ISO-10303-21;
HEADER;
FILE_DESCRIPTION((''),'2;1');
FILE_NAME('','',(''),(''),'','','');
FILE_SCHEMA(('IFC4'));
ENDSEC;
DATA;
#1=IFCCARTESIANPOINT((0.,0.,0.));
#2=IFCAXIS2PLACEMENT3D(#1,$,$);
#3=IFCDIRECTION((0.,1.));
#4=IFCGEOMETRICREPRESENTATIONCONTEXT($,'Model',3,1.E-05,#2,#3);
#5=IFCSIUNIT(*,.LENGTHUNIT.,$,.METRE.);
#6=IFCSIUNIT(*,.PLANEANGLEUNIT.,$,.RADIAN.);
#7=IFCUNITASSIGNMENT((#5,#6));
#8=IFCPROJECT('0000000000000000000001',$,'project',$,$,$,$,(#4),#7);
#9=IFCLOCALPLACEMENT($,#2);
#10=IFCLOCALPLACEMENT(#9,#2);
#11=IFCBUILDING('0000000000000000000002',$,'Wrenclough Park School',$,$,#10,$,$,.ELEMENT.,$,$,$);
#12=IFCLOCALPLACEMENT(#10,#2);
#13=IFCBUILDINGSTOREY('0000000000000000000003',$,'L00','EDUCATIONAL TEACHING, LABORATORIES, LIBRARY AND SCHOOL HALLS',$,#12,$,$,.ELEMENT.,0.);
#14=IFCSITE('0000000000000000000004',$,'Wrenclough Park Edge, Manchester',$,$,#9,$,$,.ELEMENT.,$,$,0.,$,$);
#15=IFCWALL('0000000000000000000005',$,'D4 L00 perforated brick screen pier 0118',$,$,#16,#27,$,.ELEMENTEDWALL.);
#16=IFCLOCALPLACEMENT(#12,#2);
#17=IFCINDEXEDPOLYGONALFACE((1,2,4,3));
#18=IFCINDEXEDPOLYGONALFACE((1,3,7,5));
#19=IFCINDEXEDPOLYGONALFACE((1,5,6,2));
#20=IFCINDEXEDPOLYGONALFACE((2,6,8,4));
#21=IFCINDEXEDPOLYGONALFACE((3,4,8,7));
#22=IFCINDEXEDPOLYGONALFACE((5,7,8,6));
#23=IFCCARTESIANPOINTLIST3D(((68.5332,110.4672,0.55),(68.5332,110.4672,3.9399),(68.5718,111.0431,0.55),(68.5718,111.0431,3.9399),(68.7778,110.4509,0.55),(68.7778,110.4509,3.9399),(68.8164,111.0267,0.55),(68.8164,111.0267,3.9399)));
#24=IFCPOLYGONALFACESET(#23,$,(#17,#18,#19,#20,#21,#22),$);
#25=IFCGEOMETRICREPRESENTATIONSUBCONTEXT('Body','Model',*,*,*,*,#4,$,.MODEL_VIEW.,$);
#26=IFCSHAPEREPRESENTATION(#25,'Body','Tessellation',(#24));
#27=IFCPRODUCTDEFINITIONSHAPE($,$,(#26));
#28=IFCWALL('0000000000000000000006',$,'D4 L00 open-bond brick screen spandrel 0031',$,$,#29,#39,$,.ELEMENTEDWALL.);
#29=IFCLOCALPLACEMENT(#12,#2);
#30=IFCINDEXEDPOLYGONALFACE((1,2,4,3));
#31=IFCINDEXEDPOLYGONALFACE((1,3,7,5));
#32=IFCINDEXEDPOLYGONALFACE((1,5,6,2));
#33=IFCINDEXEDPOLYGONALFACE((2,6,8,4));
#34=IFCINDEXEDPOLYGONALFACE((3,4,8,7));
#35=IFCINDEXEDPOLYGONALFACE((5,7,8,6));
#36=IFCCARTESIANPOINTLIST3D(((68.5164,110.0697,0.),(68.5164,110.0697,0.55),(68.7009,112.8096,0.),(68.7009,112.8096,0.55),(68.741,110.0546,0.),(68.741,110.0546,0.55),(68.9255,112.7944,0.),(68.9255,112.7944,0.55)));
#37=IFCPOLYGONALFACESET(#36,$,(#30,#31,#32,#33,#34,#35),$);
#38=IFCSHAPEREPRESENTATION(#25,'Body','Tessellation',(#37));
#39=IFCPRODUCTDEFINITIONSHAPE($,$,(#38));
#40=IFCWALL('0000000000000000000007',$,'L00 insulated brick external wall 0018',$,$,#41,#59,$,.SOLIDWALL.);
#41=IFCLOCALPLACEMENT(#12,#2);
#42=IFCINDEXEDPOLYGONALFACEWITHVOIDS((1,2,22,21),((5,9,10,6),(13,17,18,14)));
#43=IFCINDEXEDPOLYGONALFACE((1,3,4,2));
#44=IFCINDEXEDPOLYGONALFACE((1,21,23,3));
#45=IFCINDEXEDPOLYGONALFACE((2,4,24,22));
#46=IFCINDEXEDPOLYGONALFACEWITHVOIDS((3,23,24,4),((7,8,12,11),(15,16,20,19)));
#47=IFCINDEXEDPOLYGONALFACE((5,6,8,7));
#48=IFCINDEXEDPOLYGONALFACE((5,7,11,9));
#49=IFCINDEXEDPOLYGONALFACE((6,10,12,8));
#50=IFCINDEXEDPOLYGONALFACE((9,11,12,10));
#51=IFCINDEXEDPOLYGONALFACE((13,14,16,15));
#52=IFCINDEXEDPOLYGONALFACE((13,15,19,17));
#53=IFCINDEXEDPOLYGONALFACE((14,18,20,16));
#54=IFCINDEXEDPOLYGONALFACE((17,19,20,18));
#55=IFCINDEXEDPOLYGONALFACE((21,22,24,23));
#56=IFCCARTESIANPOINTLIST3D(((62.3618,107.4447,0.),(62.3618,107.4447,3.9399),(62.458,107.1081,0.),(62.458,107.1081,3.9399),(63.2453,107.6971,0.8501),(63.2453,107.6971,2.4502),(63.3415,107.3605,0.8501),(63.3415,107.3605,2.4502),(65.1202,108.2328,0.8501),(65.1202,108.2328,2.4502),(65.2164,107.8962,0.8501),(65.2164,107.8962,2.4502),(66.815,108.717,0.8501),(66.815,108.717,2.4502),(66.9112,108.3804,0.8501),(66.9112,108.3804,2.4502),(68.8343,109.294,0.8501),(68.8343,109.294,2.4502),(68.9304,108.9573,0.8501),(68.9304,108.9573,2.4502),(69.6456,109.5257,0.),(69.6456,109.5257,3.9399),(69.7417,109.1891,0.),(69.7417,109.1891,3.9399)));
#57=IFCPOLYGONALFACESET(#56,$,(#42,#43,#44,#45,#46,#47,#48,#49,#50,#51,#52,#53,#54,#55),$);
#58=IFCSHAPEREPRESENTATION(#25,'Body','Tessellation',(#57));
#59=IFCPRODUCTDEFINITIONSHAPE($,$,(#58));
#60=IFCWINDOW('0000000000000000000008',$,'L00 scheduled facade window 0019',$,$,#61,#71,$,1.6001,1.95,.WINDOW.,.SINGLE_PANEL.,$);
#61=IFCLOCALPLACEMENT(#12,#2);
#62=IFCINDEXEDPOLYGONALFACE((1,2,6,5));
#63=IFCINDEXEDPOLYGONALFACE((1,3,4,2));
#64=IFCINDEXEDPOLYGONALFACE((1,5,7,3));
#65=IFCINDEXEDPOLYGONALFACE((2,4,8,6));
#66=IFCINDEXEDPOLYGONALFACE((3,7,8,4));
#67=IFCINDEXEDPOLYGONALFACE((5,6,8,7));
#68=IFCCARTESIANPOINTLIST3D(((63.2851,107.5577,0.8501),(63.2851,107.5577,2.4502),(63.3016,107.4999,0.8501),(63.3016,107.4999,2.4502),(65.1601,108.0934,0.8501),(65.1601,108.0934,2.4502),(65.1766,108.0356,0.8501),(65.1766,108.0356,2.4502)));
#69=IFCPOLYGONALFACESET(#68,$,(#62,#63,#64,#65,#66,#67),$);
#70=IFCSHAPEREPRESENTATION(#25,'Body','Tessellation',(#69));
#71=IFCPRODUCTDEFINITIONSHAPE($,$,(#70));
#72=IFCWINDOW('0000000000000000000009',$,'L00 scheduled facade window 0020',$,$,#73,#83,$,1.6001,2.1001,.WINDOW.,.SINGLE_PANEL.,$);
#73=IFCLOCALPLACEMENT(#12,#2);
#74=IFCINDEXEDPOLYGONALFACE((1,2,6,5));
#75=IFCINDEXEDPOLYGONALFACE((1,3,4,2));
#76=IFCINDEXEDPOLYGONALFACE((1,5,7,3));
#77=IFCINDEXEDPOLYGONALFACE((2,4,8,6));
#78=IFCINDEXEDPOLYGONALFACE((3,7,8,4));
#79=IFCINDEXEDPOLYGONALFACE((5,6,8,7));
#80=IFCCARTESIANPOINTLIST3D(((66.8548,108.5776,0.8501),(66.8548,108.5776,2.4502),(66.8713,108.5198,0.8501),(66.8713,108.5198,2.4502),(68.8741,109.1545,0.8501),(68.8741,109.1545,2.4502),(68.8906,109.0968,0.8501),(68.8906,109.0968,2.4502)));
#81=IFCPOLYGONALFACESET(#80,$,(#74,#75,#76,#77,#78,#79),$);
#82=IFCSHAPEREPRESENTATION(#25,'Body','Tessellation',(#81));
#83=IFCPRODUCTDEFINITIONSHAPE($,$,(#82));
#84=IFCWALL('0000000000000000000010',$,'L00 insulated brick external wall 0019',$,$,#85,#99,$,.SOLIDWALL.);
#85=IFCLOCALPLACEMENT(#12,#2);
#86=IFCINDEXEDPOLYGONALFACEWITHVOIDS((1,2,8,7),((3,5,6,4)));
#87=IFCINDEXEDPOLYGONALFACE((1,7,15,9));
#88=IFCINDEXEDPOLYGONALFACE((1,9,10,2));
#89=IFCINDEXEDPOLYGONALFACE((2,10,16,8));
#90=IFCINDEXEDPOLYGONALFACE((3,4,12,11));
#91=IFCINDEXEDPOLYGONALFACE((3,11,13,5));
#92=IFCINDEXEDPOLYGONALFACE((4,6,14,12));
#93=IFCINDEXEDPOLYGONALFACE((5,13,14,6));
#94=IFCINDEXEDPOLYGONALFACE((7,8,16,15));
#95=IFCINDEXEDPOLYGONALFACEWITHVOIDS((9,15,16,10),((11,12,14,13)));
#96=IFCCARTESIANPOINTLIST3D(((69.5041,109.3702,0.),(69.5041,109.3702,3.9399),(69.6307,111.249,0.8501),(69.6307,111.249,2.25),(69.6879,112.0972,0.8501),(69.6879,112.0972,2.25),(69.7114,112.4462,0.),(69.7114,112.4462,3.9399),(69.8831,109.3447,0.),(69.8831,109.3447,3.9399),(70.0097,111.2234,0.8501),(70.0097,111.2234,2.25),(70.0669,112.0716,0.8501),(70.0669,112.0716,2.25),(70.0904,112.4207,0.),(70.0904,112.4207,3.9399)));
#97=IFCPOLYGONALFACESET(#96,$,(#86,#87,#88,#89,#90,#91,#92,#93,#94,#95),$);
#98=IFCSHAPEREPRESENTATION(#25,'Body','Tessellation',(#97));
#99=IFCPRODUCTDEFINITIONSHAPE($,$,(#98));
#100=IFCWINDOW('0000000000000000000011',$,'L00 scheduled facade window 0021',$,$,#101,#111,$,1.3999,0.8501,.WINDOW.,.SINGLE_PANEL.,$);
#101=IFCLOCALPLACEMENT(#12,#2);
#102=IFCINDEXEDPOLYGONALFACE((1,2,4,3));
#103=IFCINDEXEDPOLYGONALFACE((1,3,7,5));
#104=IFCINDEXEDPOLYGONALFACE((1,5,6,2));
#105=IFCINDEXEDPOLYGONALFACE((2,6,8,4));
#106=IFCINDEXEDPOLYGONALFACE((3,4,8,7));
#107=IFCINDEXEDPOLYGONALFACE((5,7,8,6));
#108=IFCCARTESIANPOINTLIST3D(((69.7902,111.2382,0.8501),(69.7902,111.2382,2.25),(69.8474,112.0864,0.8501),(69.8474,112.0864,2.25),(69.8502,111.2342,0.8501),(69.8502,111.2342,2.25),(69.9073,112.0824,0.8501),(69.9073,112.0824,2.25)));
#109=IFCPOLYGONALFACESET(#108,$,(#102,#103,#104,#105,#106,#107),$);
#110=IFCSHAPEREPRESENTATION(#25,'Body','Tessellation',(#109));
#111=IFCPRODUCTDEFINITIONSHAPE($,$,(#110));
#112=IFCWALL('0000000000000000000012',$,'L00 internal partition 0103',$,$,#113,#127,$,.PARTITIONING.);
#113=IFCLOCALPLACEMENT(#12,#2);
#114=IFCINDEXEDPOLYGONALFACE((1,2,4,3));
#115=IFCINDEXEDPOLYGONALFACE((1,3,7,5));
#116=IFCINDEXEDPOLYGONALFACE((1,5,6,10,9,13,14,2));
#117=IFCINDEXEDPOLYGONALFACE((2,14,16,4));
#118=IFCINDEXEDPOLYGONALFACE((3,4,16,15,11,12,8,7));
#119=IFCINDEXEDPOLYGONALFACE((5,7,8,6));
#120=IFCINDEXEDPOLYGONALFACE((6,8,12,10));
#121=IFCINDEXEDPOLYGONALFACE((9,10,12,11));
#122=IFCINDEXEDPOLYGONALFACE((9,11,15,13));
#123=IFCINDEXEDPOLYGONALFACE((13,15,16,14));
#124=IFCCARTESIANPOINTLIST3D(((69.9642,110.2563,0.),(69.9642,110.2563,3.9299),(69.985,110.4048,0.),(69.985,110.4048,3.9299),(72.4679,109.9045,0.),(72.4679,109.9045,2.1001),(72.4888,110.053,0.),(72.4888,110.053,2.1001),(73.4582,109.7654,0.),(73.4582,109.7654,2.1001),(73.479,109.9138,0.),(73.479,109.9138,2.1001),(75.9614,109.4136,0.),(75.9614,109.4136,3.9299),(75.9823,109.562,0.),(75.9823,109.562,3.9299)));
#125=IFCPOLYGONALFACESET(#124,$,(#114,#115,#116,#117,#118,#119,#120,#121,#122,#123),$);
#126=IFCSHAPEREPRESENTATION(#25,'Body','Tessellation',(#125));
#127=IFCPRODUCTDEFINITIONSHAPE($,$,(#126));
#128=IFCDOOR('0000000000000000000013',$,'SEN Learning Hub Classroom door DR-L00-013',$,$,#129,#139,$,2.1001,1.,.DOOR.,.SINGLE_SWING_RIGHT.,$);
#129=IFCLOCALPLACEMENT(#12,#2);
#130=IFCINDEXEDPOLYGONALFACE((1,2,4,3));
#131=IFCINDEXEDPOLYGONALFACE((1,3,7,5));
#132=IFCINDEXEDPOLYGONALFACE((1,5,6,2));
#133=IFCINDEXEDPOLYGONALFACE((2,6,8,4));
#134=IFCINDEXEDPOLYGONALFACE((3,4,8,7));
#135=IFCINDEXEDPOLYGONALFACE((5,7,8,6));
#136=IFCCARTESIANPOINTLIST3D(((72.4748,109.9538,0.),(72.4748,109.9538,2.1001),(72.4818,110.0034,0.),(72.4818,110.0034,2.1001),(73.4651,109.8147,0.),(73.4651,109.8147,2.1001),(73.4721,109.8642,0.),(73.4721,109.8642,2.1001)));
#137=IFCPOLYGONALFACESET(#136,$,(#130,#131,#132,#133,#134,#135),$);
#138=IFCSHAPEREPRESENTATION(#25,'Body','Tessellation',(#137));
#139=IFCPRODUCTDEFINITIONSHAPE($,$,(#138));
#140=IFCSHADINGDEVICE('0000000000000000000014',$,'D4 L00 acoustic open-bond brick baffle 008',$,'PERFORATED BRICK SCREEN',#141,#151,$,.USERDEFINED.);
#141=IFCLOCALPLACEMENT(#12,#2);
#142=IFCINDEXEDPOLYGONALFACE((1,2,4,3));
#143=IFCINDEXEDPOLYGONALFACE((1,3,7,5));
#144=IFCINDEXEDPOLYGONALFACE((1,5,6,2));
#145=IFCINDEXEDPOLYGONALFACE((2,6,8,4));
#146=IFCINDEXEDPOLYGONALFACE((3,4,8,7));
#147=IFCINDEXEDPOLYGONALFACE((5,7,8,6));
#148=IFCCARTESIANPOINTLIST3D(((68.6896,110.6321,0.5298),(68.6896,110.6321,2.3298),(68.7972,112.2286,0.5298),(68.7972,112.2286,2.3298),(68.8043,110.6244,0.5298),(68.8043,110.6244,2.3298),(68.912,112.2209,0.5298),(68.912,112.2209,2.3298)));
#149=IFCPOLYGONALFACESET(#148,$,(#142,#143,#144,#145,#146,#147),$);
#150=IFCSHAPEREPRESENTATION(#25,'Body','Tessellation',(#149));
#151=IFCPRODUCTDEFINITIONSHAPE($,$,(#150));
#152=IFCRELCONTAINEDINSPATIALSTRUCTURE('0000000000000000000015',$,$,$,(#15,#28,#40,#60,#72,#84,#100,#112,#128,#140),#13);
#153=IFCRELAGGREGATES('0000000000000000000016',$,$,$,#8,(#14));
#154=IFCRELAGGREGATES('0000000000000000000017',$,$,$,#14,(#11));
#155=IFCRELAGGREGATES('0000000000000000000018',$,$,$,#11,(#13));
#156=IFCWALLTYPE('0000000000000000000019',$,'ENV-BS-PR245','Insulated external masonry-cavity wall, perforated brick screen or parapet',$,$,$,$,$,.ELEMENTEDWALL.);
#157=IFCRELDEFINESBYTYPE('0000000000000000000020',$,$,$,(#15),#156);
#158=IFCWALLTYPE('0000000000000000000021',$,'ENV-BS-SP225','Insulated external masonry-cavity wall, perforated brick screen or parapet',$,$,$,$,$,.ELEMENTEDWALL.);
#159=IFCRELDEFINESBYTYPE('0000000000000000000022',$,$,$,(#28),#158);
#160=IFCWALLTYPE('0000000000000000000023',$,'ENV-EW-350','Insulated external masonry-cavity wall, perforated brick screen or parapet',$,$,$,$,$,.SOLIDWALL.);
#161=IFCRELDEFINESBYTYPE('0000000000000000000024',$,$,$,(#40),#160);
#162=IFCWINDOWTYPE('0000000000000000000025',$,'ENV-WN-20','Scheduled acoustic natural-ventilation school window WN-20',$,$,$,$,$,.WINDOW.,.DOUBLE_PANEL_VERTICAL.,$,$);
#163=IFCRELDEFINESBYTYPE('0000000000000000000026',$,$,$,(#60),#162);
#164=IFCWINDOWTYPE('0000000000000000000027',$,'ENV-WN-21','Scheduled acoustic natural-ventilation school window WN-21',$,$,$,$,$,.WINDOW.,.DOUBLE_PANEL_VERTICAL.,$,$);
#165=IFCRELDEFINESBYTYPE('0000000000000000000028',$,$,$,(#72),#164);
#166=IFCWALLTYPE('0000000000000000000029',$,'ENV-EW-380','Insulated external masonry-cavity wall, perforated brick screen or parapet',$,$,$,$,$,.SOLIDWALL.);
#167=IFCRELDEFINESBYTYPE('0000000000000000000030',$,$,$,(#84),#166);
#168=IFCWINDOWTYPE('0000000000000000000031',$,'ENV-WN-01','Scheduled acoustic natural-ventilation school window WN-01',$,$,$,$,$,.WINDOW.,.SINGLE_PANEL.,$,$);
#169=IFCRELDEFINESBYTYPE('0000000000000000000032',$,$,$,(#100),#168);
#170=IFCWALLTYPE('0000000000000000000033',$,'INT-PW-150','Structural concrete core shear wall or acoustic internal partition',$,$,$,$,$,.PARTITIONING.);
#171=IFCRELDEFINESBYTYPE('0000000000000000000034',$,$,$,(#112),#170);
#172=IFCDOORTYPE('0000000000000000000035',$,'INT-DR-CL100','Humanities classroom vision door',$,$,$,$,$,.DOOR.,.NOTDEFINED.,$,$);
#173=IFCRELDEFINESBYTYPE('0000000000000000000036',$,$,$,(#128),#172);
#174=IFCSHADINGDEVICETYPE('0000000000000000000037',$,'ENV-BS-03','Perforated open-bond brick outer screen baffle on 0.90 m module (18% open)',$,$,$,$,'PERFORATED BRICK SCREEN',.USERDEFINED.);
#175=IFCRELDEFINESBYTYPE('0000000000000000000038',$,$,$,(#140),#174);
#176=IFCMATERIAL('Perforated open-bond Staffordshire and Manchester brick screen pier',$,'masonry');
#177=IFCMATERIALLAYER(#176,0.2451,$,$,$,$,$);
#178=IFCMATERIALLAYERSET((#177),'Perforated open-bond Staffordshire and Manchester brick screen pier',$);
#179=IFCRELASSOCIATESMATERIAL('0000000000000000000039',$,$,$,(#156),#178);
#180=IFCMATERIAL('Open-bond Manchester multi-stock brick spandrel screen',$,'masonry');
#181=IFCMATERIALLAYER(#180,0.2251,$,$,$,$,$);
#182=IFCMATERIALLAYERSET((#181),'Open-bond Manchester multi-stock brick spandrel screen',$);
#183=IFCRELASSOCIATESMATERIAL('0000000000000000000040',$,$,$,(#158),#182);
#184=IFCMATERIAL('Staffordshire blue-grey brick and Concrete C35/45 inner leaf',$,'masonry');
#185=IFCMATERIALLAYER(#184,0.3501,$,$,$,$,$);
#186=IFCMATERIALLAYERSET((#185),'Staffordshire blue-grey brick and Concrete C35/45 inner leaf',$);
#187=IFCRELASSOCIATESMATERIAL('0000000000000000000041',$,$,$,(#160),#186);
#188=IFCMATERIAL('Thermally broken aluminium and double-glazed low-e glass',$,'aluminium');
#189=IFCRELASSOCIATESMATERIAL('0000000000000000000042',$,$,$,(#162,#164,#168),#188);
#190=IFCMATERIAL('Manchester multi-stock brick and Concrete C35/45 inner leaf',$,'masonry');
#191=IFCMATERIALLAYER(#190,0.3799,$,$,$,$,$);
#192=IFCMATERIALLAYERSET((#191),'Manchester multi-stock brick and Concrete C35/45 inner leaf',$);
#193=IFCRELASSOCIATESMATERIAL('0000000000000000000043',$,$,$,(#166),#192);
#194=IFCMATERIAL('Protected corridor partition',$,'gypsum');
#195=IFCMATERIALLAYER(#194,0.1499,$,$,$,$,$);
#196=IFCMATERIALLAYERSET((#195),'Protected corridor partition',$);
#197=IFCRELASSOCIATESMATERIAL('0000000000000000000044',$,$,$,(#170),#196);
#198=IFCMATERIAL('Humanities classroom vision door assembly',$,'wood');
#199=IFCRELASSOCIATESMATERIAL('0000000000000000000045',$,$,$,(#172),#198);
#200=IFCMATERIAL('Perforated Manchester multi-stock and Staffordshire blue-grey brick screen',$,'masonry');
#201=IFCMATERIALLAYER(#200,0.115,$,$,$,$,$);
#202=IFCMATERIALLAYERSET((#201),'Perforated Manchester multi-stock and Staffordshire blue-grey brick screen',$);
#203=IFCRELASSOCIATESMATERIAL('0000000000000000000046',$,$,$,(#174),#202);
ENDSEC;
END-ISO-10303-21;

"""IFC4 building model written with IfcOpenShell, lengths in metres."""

from ifc_helpers import new_model, si_unit, direction, frame, frame_2d, origin, origin_2d, place, context, subcontext, project, spatial, rectangle, extrude, material, layer, layer_set, type_object, element, fill, save


model = new_model("IFC4")

# Units and contexts
model_context = context("Model", 3, precision=1e-05, world=origin(), true_north=direction((0.0, 1.0)))
body_context = subcontext(model_context, "Body", "Model", "MODEL_VIEW")
ifc_project = project(units=[si_unit("LENGTHUNIT", "METRE"), si_unit("PLANEANGLEUNIT", "RADIAN")], contexts=[model_context])

# Site, building, storey
site_placement = place(None, origin())
site = spatial("IfcSite", under=ifc_project, at=site_placement, Name="Wrenclough Park Edge, Manchester", CompositionType="ELEMENT", RefElevation=0.0)
building_placement = place(site_placement, origin())
building = spatial("IfcBuilding", under=site, at=building_placement, Name="Wrenclough Park School", CompositionType="ELEMENT")
storey_placement = place(building_placement, origin())
storey = spatial("IfcBuildingStorey", under=building, at=storey_placement, Name="L00", Description="EDUCATIONAL TEACHING, LABORATORIES, LIBRARY AND SCHOOL HALLS", CompositionType="ELEMENT", Elevation=0.0)

# Walls
ifc_material_1 = material(Name="Perforated open-bond Staffordshire and Manchester brick screen pier", Category="masonry")
ifc_layer_1 = layer(ifc_material_1, 0.2451)
ifc_layer_set_1 = layer_set([ifc_layer_1], Name="Perforated open-bond Staffordshire and Manchester brick screen pier")
wall_type_1 = type_object("IfcWallType", Name="ENV-BS-PR245", Description="Insulated external masonry-cavity wall, perforated brick screen or parapet", PredefinedType="ELEMENTEDWALL", material=ifc_layer_set_1)
wall_1_placement = place(storey_placement, frame((68.6941, 111.0349, 0.55), z_axis=(0.0, 0.0, 1.0), x_axis=(-0.066828, -0.997765, 0.0)))
element("IfcWall", 1, at=wall_1_placement, inside=storey, type_object=wall_type_1, Name="D4 L00 perforated brick screen pier 0118", PredefinedType="ELEMENTEDWALL", context=body_context, shape_type="SweptSolid", body=[
    extrude(rectangle(XDim=0.5771, YDim=0.2451, at=frame_2d((0.2886, 0.0))), origin(), (0.0, 0.0, 1.0), 3.3899),
])
ifc_material_2 = material(Name="Open-bond Manchester multi-stock brick spandrel screen", Category="masonry")
ifc_layer_2 = layer(ifc_material_2, 0.2251)
ifc_layer_set_2 = layer_set([ifc_layer_2], Name="Open-bond Manchester multi-stock brick spandrel screen")
wall_type_2 = type_object("IfcWallType", Name="ENV-BS-SP225", Description="Insulated external masonry-cavity wall, perforated brick screen or parapet", PredefinedType="ELEMENTEDWALL", material=ifc_layer_set_2)
wall_2_placement = place(storey_placement, frame((68.8132, 112.802, 0.0), z_axis=(0.0, 0.0, 1.0), x_axis=(-0.067209, -0.997739, 0.0)))
element("IfcWall", 2, at=wall_2_placement, inside=storey, type_object=wall_type_2, Name="D4 L00 open-bond brick screen spandrel 0031", PredefinedType="ELEMENTEDWALL", context=body_context, shape_type="SweptSolid", body=[
    extrude(rectangle(XDim=2.7461, YDim=0.2251, at=frame_2d((1.373, 0.0))), origin(), (0.0, 0.0, 1.0), 0.55),
])

# Wall, openings, windows
ifc_material_3 = material(Name="Staffordshire blue-grey brick and Concrete C35/45 inner leaf", Category="masonry")
ifc_layer_3 = layer(ifc_material_3, 0.3501)
ifc_layer_set_3 = layer_set([ifc_layer_3], Name="Staffordshire blue-grey brick and Concrete C35/45 inner leaf")
wall_type_3 = type_object("IfcWallType", Name="ENV-EW-350", Description="Insulated external masonry-cavity wall, perforated brick screen or parapet", PredefinedType="SOLIDWALL", material=ifc_layer_set_3)
wall_3_placement = place(storey_placement, frame((62.4099, 107.2764, 0.0), z_axis=(0.0, 0.0, 1.0), x_axis=(0.961524, 0.274721, 0.0)))
wall_3 = element("IfcWall", 3, at=wall_3_placement, inside=storey, type_object=wall_type_3, Name="L00 insulated brick external wall 0018", PredefinedType="SOLIDWALL", context=body_context, shape_type="SweptSolid", body=[
    extrude(rectangle(XDim=7.5752, YDim=0.3501, at=frame_2d((3.7876, 0.0))), origin(), (0.0, 0.0, 1.0), 3.9399),
])
opening_1_placement = place(wall_3_placement, frame((0.9187, 0.0, 0.8501)))
opening_1 = element("IfcOpeningElement", 4, at=opening_1_placement, cuts=wall_3, PredefinedType="OPENING", context=body_context, shape_type="SweptSolid", body=[
    extrude(rectangle(XDim=1.95, YDim=1.6001, at=frame_2d((0.9751, 0.8))), frame((0.0, 0.1851, 0.0), z_axis=(0.0, -1.0, 0.0), x_axis=(1.0, 0.0, 0.0)), (0.0, 0.0, 1.0), 0.3701),
])
opening_2_placement = place(wall_3_placement, frame((4.6313, 0.0, 0.8501)))
opening_2 = element("IfcOpeningElement", 5, at=opening_2_placement, cuts=wall_3, PredefinedType="OPENING", context=body_context, shape_type="SweptSolid", body=[
    extrude(rectangle(XDim=2.1001, YDim=1.6001, at=frame_2d((1.05, 0.8))), frame((0.0, 0.1851, 0.0), z_axis=(0.0, -1.0, 0.0), x_axis=(1.0, 0.0, 0.0)), (0.0, 0.0, 1.0), 0.3701),
])
ifc_material_4 = material(Name="Thermally broken aluminium and double-glazed low-e glass", Category="aluminium")
window_type_1 = type_object("IfcWindowType", Name="ENV-WN-20", Description="Scheduled acoustic natural-ventilation school window WN-20", PartitioningType="DOUBLE_PANEL_VERTICAL", PredefinedType="WINDOW", material=ifc_material_4)
window_1_placement = place(opening_1_placement, origin())
window_1 = element("IfcWindow", 6, at=window_1_placement, inside=storey, type_object=window_type_1, Name="L00 scheduled facade window 0019", OverallHeight=1.6001, OverallWidth=1.95, PartitioningType="SINGLE_PANEL", PredefinedType="WINDOW", context=body_context, shape_type="SweptSolid", body=[
    extrude(rectangle(XDim=1.95, YDim=1.6001, at=frame_2d((0.9751, 0.8))), frame((0.0, 0.03, 0.0), z_axis=(0.0, -1.0, 0.0), x_axis=(1.0, 0.0, 0.0)), (0.0, 0.0, 1.0), 0.0601),
])
fill(opening_1, window_1)
window_type_2 = type_object("IfcWindowType", Name="ENV-WN-21", Description="Scheduled acoustic natural-ventilation school window WN-21", PartitioningType="DOUBLE_PANEL_VERTICAL", PredefinedType="WINDOW", material=ifc_material_4)
window_2_placement = place(opening_2_placement, origin())
window_2 = element("IfcWindow", 7, at=window_2_placement, inside=storey, type_object=window_type_2, Name="L00 scheduled facade window 0020", OverallHeight=1.6001, OverallWidth=2.1001, PartitioningType="SINGLE_PANEL", PredefinedType="WINDOW", context=body_context, shape_type="SweptSolid", body=[
    extrude(rectangle(XDim=2.1001, YDim=1.6001, at=frame_2d((1.05, 0.8))), frame((0.0, 0.03, 0.0), z_axis=(0.0, -1.0, 0.0), x_axis=(1.0, 0.0, 0.0)), (0.0, 0.0, 1.0), 0.0601),
])
fill(opening_2, window_2)

# Wall, opening, window
ifc_material_5 = material(Name="Manchester multi-stock brick and Concrete C35/45 inner leaf", Category="masonry")
ifc_layer_4 = layer(ifc_material_5, 0.3799)
ifc_layer_set_4 = layer_set([ifc_layer_4], Name="Manchester multi-stock brick and Concrete C35/45 inner leaf")
wall_type_4 = type_object("IfcWallType", Name="ENV-EW-380", Description="Insulated external masonry-cavity wall, perforated brick screen or parapet", PredefinedType="SOLIDWALL", material=ifc_layer_set_4)
wall_4_placement = place(storey_placement, frame((69.6936, 109.3574, 0.0), z_axis=(0.0, 0.0, 1.0), x_axis=(0.067234, 0.997737, 0.0)))
wall_4 = element("IfcWall", 8, at=wall_4_placement, inside=storey, type_object=wall_type_4, Name="L00 insulated brick external wall 0019", PredefinedType="SOLIDWALL", context=body_context, shape_type="SweptSolid", body=[
    extrude(rectangle(XDim=3.083, YDim=0.3799, at=frame_2d((1.5415, 0.0))), origin(), (0.0, 0.0, 1.0), 3.9399),
])
opening_3_placement = place(wall_4_placement, frame((1.8831, 0.0, 0.8501)))
opening_3 = element("IfcOpeningElement", 9, at=opening_3_placement, cuts=wall_4, PredefinedType="OPENING", context=body_context, shape_type="SweptSolid", body=[
    extrude(rectangle(XDim=0.8501, YDim=1.3999, at=frame_2d((0.425, 0.7))), frame((0.0, 0.2, 0.0), z_axis=(0.0, -1.0, 0.0), x_axis=(1.0, 0.0, 0.0)), (0.0, 0.0, 1.0), 0.3999),
])
window_type_3 = type_object("IfcWindowType", Name="ENV-WN-01", Description="Scheduled acoustic natural-ventilation school window WN-01", PartitioningType="SINGLE_PANEL", PredefinedType="WINDOW", material=ifc_material_4)
window_3_placement = place(opening_3_placement, origin())
window_3 = element("IfcWindow", 10, at=window_3_placement, inside=storey, type_object=window_type_3, Name="L00 scheduled facade window 0021", OverallHeight=1.3999, OverallWidth=0.8501, PartitioningType="SINGLE_PANEL", PredefinedType="WINDOW", context=body_context, shape_type="SweptSolid", body=[
    extrude(rectangle(XDim=0.8501, YDim=1.3999, at=frame_2d((0.425, 0.7))), frame((0.0, 0.03, 0.0), z_axis=(0.0, -1.0, 0.0), x_axis=(1.0, 0.0, 0.0)), (0.0, 0.0, 1.0), 0.0601),
])
fill(opening_3, window_3)

# Wall, opening, door
ifc_material_6 = material(Name="Protected corridor partition", Category="gypsum")
ifc_layer_5 = layer(ifc_material_6, 0.1499)
ifc_layer_set_5 = layer_set([ifc_layer_5], Name="Protected corridor partition")
wall_type_5 = type_object("IfcWallType", Name="INT-PW-150", Description="Structural concrete core shear wall or acoustic internal partition", PredefinedType="PARTITIONING", material=ifc_layer_set_5)
wall_5_placement = place(storey_placement, frame((69.9746, 110.3306, 0.0), z_axis=(0.0, 0.0, 1.0), x_axis=(0.99027, -0.139158, 0.0)))
wall_5 = element("IfcWall", 11, at=wall_5_placement, inside=storey, type_object=wall_type_5, Name="L00 internal partition 0103", PredefinedType="PARTITIONING", context=body_context, shape_type="SweptSolid", body=[
    extrude(rectangle(XDim=6.0562, YDim=0.1499, at=frame_2d((3.0281, 0.0))), origin(), (0.0, 0.0, 1.0), 3.9299),
])
opening_4_placement = place(wall_5_placement, frame((2.5283, 0.0, 0.0)))
opening_4 = element("IfcOpeningElement", 12, at=opening_4_placement, cuts=wall_5, PredefinedType="OPENING", context=body_context, shape_type="SweptSolid", body=[
    extrude(rectangle(XDim=1.0, YDim=2.1001, at=frame_2d((0.5, 1.05))), frame((0.0, 0.085, 0.0), z_axis=(0.0, -1.0, 0.0), x_axis=(1.0, 0.0, 0.0)), (0.0, 0.0, 1.0), 0.1699),
])
ifc_material_7 = material(Name="Humanities classroom vision door assembly", Category="wood")
door_type = type_object("IfcDoorType", Name="INT-DR-CL100", Description="Humanities classroom vision door", OperationType="NOTDEFINED", PredefinedType="DOOR", material=ifc_material_7)
door_placement = place(opening_4_placement, origin())
door = element("IfcDoor", 13, at=door_placement, inside=storey, type_object=door_type, Name="SEN Learning Hub Classroom door DR-L00-013", OperationType="SINGLE_SWING_RIGHT", OverallHeight=2.1001, OverallWidth=1.0, PredefinedType="DOOR", context=body_context, shape_type="SweptSolid", body=[
    extrude(rectangle(XDim=1.0, YDim=2.1001, at=frame_2d((0.5, 1.05))), frame((0.0, 0.0249, 0.0), z_axis=(0.0, -1.0, 0.0), x_axis=(1.0, 0.0, 0.0)), (0.0, 0.0, 1.0), 0.05),
])
fill(opening_4, door)

# Shading device
ifc_material_8 = material(Name="Perforated Manchester multi-stock and Staffordshire blue-grey brick screen", Category="masonry")
ifc_layer_6 = layer(ifc_material_8, 0.115)
ifc_layer_set_6 = layer_set([ifc_layer_6], Name="Perforated Manchester multi-stock and Staffordshire blue-grey brick screen")
shading_device_type = type_object("IfcShadingDeviceType", Name="ENV-BS-03", Description="Perforated open-bond brick outer screen baffle on 0.90 m module (18% open)", ElementType="PERFORATED BRICK SCREEN", PredefinedType="USERDEFINED", material=ifc_layer_set_6)
shading_device_placement = place(storey_placement, frame((68.8008, 111.4265, 0.5298), z_axis=(0.0, 0.0, 1.0), x_axis=(-0.067259, -0.997736, 0.0)))
element("IfcShadingDevice", 14, at=shading_device_placement, inside=storey, type_object=shading_device_type, Name="D4 L00 acoustic open-bond brick baffle 008", ObjectType="PERFORATED BRICK SCREEN", PredefinedType="USERDEFINED", context=body_context, shape_type="SweptSolid", body=[
    extrude(rectangle(XDim=1.6001, YDim=0.115, at=origin_2d()), origin(), (0.0, 0.0, 1.0), 1.8),
])

save(model, "model.ifc")
